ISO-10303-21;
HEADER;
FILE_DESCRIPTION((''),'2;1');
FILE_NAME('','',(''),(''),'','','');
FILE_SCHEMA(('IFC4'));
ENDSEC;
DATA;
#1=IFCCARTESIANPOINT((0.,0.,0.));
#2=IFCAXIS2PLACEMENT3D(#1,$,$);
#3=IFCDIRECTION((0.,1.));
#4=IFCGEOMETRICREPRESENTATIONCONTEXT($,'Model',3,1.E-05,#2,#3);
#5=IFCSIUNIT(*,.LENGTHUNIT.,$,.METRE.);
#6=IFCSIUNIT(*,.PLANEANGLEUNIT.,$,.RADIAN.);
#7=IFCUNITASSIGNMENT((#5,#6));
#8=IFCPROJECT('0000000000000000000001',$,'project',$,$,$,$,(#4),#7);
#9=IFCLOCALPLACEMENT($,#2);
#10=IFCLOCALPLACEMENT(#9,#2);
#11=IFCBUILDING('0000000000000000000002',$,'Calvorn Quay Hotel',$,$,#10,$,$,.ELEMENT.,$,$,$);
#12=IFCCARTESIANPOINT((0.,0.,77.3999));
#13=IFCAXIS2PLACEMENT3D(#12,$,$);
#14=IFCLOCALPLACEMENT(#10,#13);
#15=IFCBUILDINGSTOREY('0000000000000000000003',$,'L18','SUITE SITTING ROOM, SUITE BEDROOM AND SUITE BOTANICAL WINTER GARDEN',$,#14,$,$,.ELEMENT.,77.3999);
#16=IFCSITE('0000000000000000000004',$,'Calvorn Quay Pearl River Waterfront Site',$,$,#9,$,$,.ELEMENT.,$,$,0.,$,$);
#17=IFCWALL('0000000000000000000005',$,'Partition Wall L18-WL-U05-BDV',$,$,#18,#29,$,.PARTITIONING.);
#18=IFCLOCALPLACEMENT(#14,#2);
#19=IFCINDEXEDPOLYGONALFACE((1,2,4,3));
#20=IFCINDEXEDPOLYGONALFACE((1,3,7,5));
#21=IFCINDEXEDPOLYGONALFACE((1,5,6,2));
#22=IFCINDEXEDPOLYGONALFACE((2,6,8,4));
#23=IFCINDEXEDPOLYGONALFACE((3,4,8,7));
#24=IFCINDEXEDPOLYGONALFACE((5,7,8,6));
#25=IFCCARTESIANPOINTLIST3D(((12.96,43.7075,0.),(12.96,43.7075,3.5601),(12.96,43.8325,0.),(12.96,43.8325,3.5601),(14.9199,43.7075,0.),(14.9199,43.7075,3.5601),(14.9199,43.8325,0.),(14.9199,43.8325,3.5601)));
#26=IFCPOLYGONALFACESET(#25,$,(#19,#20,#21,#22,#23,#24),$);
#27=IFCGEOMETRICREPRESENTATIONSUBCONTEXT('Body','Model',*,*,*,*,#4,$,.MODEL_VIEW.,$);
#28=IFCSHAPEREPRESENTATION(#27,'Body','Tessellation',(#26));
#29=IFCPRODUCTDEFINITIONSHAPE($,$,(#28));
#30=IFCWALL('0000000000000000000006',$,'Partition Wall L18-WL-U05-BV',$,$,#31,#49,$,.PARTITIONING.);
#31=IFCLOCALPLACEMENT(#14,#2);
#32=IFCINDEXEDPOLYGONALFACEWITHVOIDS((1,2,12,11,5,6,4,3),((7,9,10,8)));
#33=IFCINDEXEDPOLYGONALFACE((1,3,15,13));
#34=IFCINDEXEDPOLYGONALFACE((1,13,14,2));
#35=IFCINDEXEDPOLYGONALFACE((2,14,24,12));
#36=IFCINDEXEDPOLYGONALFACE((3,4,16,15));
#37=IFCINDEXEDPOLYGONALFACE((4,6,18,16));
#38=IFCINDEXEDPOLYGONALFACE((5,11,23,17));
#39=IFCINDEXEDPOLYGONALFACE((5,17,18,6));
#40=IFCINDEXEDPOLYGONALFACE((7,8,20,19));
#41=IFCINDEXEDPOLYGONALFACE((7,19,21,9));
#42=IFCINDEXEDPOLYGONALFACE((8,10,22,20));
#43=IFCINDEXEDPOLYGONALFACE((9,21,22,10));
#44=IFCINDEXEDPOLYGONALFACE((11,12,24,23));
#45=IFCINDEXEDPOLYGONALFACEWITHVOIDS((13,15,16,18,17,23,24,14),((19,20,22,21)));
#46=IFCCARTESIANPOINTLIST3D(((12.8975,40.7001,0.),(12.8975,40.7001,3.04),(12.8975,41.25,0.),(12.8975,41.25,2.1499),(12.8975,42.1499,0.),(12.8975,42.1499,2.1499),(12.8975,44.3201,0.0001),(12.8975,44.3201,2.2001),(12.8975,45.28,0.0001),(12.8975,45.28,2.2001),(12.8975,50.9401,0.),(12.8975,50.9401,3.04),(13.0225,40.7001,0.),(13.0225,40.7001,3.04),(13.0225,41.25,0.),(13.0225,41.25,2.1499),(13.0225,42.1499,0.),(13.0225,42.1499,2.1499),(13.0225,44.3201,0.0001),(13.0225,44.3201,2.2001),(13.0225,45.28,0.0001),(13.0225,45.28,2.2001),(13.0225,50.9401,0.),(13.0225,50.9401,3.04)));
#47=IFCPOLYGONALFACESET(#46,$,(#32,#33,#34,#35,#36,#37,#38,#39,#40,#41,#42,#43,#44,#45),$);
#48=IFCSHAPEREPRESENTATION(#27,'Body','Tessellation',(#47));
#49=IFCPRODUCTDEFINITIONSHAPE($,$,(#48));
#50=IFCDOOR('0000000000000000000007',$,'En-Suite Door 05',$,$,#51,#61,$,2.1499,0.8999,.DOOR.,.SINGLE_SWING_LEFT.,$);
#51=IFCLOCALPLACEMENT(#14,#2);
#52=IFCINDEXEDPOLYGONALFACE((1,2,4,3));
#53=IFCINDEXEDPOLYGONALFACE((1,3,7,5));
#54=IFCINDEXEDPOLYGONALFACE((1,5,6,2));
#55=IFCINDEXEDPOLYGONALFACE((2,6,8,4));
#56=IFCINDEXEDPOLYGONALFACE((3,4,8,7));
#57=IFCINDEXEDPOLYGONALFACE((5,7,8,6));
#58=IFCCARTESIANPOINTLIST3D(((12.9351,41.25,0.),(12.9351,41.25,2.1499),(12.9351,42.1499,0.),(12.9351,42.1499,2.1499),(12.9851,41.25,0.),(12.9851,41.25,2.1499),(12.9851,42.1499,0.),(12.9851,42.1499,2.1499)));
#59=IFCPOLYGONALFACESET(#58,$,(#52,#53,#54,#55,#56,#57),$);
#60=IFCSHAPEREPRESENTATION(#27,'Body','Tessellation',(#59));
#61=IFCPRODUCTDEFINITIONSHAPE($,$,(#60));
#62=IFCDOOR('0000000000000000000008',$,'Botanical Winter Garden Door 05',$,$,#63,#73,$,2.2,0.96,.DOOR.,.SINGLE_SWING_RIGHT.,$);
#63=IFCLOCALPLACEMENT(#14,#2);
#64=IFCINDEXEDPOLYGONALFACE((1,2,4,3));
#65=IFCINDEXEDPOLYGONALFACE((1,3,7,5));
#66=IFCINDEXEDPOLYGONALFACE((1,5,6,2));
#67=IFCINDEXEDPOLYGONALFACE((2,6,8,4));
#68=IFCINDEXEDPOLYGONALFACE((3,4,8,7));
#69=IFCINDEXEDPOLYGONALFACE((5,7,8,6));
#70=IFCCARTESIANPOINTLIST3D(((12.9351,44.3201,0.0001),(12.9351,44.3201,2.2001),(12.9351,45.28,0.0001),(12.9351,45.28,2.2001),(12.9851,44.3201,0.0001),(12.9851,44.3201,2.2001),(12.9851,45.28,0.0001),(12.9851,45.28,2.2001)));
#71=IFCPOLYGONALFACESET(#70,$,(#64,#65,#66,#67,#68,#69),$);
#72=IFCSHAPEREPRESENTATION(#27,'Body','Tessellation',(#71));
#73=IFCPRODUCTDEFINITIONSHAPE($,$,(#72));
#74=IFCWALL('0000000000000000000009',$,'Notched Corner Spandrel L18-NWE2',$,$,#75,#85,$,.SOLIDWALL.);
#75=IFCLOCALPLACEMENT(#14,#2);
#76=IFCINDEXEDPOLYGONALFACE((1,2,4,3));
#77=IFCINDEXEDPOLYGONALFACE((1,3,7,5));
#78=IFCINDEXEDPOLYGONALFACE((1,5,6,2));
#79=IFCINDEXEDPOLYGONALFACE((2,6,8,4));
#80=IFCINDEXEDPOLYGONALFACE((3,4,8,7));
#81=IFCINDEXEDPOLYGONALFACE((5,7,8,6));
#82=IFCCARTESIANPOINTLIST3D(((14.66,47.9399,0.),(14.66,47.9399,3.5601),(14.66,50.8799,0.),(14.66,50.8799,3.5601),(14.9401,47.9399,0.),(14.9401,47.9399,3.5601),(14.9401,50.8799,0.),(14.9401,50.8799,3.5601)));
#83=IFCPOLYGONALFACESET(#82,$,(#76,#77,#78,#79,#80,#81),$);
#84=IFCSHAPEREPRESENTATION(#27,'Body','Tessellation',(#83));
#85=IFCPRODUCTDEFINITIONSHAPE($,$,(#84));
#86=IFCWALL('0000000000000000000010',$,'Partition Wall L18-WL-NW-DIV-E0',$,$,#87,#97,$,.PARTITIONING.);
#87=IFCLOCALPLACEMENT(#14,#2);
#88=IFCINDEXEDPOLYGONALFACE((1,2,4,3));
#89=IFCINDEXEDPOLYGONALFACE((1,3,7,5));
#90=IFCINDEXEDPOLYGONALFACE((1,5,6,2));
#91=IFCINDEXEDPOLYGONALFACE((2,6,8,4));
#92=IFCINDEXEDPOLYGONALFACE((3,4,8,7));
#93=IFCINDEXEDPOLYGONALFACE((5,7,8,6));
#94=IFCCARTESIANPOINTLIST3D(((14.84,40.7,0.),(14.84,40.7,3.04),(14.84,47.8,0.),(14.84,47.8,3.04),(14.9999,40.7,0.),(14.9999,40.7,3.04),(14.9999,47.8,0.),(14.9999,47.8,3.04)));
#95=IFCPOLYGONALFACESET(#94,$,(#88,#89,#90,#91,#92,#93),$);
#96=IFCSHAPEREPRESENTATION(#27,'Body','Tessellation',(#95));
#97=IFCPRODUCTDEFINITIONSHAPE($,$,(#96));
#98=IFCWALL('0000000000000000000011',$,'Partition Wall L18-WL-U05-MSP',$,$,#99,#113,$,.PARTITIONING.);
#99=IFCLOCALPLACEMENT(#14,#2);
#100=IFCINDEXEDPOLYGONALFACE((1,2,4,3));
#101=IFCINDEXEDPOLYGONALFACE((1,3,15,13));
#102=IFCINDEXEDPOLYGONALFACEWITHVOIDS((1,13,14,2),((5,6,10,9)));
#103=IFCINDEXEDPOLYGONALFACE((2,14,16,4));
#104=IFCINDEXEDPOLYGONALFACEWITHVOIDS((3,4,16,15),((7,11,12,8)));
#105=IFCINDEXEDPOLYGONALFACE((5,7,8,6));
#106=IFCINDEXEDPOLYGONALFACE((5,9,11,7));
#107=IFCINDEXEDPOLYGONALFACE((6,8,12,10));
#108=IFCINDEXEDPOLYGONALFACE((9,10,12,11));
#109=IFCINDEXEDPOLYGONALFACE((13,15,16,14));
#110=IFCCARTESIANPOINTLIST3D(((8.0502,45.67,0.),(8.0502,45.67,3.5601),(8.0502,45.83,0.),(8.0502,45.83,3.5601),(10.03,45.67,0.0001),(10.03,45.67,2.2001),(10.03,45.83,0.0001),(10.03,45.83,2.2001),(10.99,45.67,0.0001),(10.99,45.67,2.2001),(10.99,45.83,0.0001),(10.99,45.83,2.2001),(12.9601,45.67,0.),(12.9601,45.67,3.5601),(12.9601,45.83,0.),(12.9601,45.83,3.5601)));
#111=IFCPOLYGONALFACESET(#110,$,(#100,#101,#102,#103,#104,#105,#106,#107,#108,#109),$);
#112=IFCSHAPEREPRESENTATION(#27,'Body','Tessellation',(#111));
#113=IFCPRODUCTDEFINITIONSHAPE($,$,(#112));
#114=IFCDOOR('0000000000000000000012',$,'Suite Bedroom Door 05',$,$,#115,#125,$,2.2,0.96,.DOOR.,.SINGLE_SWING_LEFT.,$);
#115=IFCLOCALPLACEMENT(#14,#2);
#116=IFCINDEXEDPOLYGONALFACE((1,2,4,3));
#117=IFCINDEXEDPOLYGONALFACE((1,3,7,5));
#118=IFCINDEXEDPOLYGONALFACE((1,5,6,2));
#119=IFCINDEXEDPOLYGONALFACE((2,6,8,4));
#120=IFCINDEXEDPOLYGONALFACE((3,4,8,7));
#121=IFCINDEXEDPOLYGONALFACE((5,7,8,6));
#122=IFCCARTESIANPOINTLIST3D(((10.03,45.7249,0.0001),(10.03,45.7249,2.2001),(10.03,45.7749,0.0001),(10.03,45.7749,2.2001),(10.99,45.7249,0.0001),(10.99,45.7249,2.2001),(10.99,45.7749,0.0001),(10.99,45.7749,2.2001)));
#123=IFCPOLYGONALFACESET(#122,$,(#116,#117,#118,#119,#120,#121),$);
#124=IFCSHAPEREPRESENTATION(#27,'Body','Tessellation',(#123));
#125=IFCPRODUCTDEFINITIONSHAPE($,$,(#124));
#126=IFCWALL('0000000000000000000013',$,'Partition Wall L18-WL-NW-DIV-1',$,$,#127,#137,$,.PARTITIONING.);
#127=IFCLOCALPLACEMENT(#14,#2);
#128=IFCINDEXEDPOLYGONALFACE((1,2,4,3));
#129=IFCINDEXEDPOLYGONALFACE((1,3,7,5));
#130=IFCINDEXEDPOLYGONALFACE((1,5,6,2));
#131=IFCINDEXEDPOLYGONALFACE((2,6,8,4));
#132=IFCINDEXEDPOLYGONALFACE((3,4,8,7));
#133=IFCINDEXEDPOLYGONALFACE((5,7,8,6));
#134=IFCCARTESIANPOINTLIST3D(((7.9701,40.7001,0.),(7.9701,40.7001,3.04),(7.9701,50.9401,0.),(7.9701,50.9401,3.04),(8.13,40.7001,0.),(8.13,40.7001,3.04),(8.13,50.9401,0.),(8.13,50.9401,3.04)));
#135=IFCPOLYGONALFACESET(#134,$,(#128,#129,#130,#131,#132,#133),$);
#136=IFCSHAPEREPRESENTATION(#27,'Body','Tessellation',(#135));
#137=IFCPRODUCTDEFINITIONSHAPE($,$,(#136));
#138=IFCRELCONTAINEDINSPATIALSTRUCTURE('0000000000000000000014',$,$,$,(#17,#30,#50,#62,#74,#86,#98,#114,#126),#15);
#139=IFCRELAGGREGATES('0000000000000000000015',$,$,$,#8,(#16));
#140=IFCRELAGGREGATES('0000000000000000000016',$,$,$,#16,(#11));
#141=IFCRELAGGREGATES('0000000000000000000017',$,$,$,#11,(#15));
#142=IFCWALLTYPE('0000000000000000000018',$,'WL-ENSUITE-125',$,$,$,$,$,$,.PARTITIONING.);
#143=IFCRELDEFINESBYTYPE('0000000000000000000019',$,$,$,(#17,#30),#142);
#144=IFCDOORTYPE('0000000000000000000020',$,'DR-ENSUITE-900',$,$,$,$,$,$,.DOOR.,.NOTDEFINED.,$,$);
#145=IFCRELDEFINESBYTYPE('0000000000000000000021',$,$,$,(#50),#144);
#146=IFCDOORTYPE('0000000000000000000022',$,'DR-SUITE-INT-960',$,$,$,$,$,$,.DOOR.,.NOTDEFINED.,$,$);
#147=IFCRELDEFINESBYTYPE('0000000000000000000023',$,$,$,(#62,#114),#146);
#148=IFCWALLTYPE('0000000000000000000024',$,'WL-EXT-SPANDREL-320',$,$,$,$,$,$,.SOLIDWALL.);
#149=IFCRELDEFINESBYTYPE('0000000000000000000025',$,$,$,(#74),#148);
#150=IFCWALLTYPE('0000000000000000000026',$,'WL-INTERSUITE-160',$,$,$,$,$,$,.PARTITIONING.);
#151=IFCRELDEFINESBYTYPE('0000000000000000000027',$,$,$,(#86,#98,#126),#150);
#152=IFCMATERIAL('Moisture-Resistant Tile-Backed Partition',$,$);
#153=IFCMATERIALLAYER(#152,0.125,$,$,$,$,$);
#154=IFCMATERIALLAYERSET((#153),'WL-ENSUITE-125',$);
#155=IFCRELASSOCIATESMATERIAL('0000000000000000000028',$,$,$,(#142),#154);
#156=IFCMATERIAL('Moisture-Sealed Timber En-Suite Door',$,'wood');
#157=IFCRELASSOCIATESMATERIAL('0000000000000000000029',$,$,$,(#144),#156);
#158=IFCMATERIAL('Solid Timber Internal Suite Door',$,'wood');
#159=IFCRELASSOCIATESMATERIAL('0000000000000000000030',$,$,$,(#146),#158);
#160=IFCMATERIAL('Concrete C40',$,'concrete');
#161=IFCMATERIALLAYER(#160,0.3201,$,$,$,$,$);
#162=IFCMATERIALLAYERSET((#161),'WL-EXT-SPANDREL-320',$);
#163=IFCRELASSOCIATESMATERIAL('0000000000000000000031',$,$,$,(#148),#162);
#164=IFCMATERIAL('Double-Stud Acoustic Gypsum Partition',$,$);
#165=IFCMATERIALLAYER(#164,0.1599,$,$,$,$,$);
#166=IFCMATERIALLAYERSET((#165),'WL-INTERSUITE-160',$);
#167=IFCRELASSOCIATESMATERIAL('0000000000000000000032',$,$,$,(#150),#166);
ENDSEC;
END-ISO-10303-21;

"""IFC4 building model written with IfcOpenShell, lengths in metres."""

from ifc_helpers import new_model, si_unit, direction, frame, frame_2d, origin, place, context, subcontext, project, spatial, rectangle, extrude, material, layer, layer_set, type_object, element, fill, save


model = new_model("IFC4")

# Units and contexts
model_context = context("Model", 3, precision=1e-05, world=origin(), true_north=direction((0.0, 1.0)))
body_context = subcontext(model_context, "Body", "Model", "MODEL_VIEW")
ifc_project = project(units=[si_unit("LENGTHUNIT", "METRE"), si_unit("PLANEANGLEUNIT", "RADIAN")], contexts=[model_context])

# Site, building, storey
site_placement = place(None, origin())
site = spatial("IfcSite", under=ifc_project, at=site_placement, Name="Calvorn Quay Pearl River Waterfront Site", CompositionType="ELEMENT", RefElevation=0.0)
building_placement = place(site_placement, origin())
building = spatial("IfcBuilding", under=site, at=building_placement, Name="Calvorn Quay Hotel", CompositionType="ELEMENT")
storey_placement = place(building_placement, frame((0.0, 0.0, 77.3999)))
storey = spatial("IfcBuildingStorey", under=building, at=storey_placement, Name="L18", Description="SUITE SITTING ROOM, SUITE BEDROOM AND SUITE BOTANICAL WINTER GARDEN", CompositionType="ELEMENT", Elevation=77.3999)

# Shared definitions
ifc_material_1 = material(Name="Moisture-Resistant Tile-Backed Partition")
ifc_layer_1 = layer(ifc_material_1, 0.125)
ifc_layer_set_1 = layer_set([ifc_layer_1], Name="WL-ENSUITE-125")
wall_type_1 = type_object("IfcWallType", Name="WL-ENSUITE-125", PredefinedType="PARTITIONING", material=ifc_layer_set_1)

# Shared definitions
ifc_material_2 = material(Name="Moisture-Sealed Timber En-Suite Door", Category="wood")
door_type_1 = type_object("IfcDoorType", Name="DR-ENSUITE-900", OperationType="NOTDEFINED", PredefinedType="DOOR", material=ifc_material_2)
ifc_material_3 = material(Name="Solid Timber Internal Suite Door", Category="wood")
door_type_2 = type_object("IfcDoorType", Name="DR-SUITE-INT-960", OperationType="NOTDEFINED", PredefinedType="DOOR", material=ifc_material_3)

# Wall
wall_1_placement = place(storey_placement, frame((12.96, 43.77, 0.0), z_axis=(0.0, 0.0, 1.0), x_axis=(1.0, 0.0, 0.0)))
element("IfcWall", 1, at=wall_1_placement, inside=storey, type_object=wall_type_1, Name="Partition Wall L18-WL-U05-BDV", PredefinedType="PARTITIONING", context=body_context, shape_type="SweptSolid", body=[
    extrude(rectangle(XDim=1.96, YDim=0.125, at=frame_2d((0.98, 0.0))), origin(), (0.0, 0.0, 1.0), 3.5601),
])

# Wall, openings, doors
wall_2_placement = place(storey_placement, frame((12.96, 40.7, 0.0), z_axis=(0.0, 0.0, 1.0), x_axis=(0.0, 1.0, 0.0)))
wall_2 = element("IfcWall", 2, at=wall_2_placement, inside=storey, type_object=wall_type_1, Name="Partition Wall L18-WL-U05-BV", PredefinedType="PARTITIONING", context=body_context, shape_type="SweptSolid", body=[
    extrude(rectangle(XDim=10.24, YDim=0.125, at=frame_2d((5.1201, 0.0))), origin(), (0.0, 0.0, 1.0), 3.04),
])
opening_1_placement = place(wall_2_placement, frame((0.55, 0.0, 0.0)))
opening_1 = element("IfcOpeningElement", 3, at=opening_1_placement, cuts=wall_2, PredefinedType="OPENING", context=body_context, shape_type="SweptSolid", body=[
    extrude(rectangle(XDim=0.8999, YDim=2.1499, at=frame_2d((0.45, 1.075))), frame((0.0, 0.0725, 0.0), z_axis=(0.0, -1.0, 0.0), x_axis=(1.0, 0.0, 0.0)), (0.0, 0.0, 1.0), 0.145),
])
opening_2_placement = place(wall_2_placement, frame((3.6201, 0.0, 0.0)))
opening_2 = element("IfcOpeningElement", 4, at=opening_2_placement, cuts=wall_2, PredefinedType="OPENING", context=body_context, shape_type="SweptSolid", body=[
    extrude(rectangle(XDim=0.96, YDim=2.2, at=frame_2d((0.48, 1.1001))), frame((0.0, 0.0725, 0.0), z_axis=(0.0, -1.0, 0.0), x_axis=(1.0, 0.0, 0.0)), (0.0, 0.0, 1.0), 0.145),
])
door_1_placement = place(opening_1_placement, origin())
door_1 = element("IfcDoor", 5, at=door_1_placement, inside=storey, type_object=door_type_1, Name="En-Suite Door 05", OperationType="SINGLE_SWING_LEFT", OverallHeight=2.1499, OverallWidth=0.8999, PredefinedType="DOOR", context=body_context, shape_type="SweptSolid", body=[
    extrude(rectangle(XDim=0.8999, YDim=2.1499, at=frame_2d((0.45, 1.075))), frame((0.0, 0.0249, 0.0), z_axis=(0.0, -1.0, 0.0), x_axis=(1.0, 0.0, 0.0)), (0.0, 0.0, 1.0), 0.05),
])
fill(opening_1, door_1)
door_2_placement = place(opening_2_placement, origin())
door_2 = element("IfcDoor", 6, at=door_2_placement, inside=storey, type_object=door_type_2, Name="Botanical Winter Garden Door 05", OperationType="SINGLE_SWING_RIGHT", OverallHeight=2.2, OverallWidth=0.96, PredefinedType="DOOR", context=body_context, shape_type="SweptSolid", body=[
    extrude(rectangle(XDim=0.96, YDim=2.2, at=frame_2d((0.48, 1.1001))), frame((0.0, 0.0249, 0.0), z_axis=(0.0, -1.0, 0.0), x_axis=(1.0, 0.0, 0.0)), (0.0, 0.0, 1.0), 0.05),
])
fill(opening_2, door_2)

# Walls
ifc_material_4 = material(Name="Concrete C40", Category="concrete")
ifc_layer_2 = layer(ifc_material_4, 0.3201)
ifc_layer_set_2 = layer_set([ifc_layer_2], Name="WL-EXT-SPANDREL-320")
wall_type_2 = type_object("IfcWallType", Name="WL-EXT-SPANDREL-320", PredefinedType="SOLIDWALL", material=ifc_layer_set_2)
wall_3_placement = place(storey_placement, frame((14.8, 47.9399, 0.0), z_axis=(0.0, 0.0, 1.0), x_axis=(0.0, 1.0, 0.0)))
element("IfcWall", 7, at=wall_3_placement, inside=storey, type_object=wall_type_2, Name="Notched Corner Spandrel L18-NWE2", PredefinedType="SOLIDWALL", context=body_context, shape_type="SweptSolid", body=[
    extrude(rectangle(XDim=2.9399, YDim=0.28, at=frame_2d((1.47, 0.0))), origin(), (0.0, 0.0, 1.0), 3.5601),
])
ifc_material_5 = material(Name="Double-Stud Acoustic Gypsum Partition")
ifc_layer_3 = layer(ifc_material_5, 0.1599)
ifc_layer_set_3 = layer_set([ifc_layer_3], Name="WL-INTERSUITE-160")
wall_type_3 = type_object("IfcWallType", Name="WL-INTERSUITE-160", PredefinedType="PARTITIONING", material=ifc_layer_set_3)
wall_4_placement = place(storey_placement, frame((14.9199, 40.7, 0.0), z_axis=(0.0, 0.0, 1.0), x_axis=(0.0, 1.0, 0.0)))
element("IfcWall", 8, at=wall_4_placement, inside=storey, type_object=wall_type_3, Name="Partition Wall L18-WL-NW-DIV-E0", PredefinedType="PARTITIONING", context=body_context, shape_type="SweptSolid", body=[
    extrude(rectangle(XDim=7.1001, YDim=0.1599, at=frame_2d((3.55, 0.0))), origin(), (0.0, 0.0, 1.0), 3.04),
])

# Wall, opening, door
wall_5_placement = place(storey_placement, frame((8.05, 45.75, 0.0), z_axis=(0.0, 0.0, 1.0), x_axis=(1.0, 0.0, 0.0)))
wall_5 = element("IfcWall", 9, at=wall_5_placement, inside=storey, type_object=wall_type_3, Name="Partition Wall L18-WL-U05-MSP", PredefinedType="PARTITIONING", context=body_context, shape_type="SweptSolid", body=[
    extrude(rectangle(XDim=4.9099, YDim=0.1599, at=frame_2d((2.4551, 0.0))), origin(), (0.0, 0.0, 1.0), 3.5601),
])
opening_3_placement = place(wall_5_placement, frame((1.98, 0.0, 0.0)))
opening_3 = element("IfcOpeningElement", 10, at=opening_3_placement, cuts=wall_5, PredefinedType="OPENING", context=body_context, shape_type="SweptSolid", body=[
    extrude(rectangle(XDim=0.96, YDim=2.2, at=frame_2d((0.48, 1.1001))), frame((0.0, 0.0898, 0.0), z_axis=(0.0, -1.0, 0.0), x_axis=(1.0, 0.0, 0.0)), (0.0, 0.0, 1.0), 0.1799),
])
door_3_placement = place(opening_3_placement, origin())
door_3 = element("IfcDoor", 11, at=door_3_placement, inside=storey, type_object=door_type_2, Name="Suite Bedroom Door 05", OperationType="SINGLE_SWING_LEFT", OverallHeight=2.2, OverallWidth=0.96, PredefinedType="DOOR", context=body_context, shape_type="SweptSolid", body=[
    extrude(rectangle(XDim=0.96, YDim=2.2, at=frame_2d((0.48, 1.1001))), frame((0.0, 0.0249, 0.0), z_axis=(0.0, -1.0, 0.0), x_axis=(1.0, 0.0, 0.0)), (0.0, 0.0, 1.0), 0.05),
])
fill(opening_3, door_3)

# Wall
wall_6_placement = place(storey_placement, frame((8.05, 40.7, 0.0), z_axis=(0.0, 0.0, 1.0), x_axis=(0.0, 1.0, 0.0)))
element("IfcWall", 12, at=wall_6_placement, inside=storey, type_object=wall_type_3, Name="Partition Wall L18-WL-NW-DIV-1", PredefinedType="PARTITIONING", context=body_context, shape_type="SweptSolid", body=[
    extrude(rectangle(XDim=10.24, YDim=0.1599, at=frame_2d((5.1201, 0.0))), origin(), (0.0, 0.0, 1.0), 3.04),
])

save(model, "model.ifc")
